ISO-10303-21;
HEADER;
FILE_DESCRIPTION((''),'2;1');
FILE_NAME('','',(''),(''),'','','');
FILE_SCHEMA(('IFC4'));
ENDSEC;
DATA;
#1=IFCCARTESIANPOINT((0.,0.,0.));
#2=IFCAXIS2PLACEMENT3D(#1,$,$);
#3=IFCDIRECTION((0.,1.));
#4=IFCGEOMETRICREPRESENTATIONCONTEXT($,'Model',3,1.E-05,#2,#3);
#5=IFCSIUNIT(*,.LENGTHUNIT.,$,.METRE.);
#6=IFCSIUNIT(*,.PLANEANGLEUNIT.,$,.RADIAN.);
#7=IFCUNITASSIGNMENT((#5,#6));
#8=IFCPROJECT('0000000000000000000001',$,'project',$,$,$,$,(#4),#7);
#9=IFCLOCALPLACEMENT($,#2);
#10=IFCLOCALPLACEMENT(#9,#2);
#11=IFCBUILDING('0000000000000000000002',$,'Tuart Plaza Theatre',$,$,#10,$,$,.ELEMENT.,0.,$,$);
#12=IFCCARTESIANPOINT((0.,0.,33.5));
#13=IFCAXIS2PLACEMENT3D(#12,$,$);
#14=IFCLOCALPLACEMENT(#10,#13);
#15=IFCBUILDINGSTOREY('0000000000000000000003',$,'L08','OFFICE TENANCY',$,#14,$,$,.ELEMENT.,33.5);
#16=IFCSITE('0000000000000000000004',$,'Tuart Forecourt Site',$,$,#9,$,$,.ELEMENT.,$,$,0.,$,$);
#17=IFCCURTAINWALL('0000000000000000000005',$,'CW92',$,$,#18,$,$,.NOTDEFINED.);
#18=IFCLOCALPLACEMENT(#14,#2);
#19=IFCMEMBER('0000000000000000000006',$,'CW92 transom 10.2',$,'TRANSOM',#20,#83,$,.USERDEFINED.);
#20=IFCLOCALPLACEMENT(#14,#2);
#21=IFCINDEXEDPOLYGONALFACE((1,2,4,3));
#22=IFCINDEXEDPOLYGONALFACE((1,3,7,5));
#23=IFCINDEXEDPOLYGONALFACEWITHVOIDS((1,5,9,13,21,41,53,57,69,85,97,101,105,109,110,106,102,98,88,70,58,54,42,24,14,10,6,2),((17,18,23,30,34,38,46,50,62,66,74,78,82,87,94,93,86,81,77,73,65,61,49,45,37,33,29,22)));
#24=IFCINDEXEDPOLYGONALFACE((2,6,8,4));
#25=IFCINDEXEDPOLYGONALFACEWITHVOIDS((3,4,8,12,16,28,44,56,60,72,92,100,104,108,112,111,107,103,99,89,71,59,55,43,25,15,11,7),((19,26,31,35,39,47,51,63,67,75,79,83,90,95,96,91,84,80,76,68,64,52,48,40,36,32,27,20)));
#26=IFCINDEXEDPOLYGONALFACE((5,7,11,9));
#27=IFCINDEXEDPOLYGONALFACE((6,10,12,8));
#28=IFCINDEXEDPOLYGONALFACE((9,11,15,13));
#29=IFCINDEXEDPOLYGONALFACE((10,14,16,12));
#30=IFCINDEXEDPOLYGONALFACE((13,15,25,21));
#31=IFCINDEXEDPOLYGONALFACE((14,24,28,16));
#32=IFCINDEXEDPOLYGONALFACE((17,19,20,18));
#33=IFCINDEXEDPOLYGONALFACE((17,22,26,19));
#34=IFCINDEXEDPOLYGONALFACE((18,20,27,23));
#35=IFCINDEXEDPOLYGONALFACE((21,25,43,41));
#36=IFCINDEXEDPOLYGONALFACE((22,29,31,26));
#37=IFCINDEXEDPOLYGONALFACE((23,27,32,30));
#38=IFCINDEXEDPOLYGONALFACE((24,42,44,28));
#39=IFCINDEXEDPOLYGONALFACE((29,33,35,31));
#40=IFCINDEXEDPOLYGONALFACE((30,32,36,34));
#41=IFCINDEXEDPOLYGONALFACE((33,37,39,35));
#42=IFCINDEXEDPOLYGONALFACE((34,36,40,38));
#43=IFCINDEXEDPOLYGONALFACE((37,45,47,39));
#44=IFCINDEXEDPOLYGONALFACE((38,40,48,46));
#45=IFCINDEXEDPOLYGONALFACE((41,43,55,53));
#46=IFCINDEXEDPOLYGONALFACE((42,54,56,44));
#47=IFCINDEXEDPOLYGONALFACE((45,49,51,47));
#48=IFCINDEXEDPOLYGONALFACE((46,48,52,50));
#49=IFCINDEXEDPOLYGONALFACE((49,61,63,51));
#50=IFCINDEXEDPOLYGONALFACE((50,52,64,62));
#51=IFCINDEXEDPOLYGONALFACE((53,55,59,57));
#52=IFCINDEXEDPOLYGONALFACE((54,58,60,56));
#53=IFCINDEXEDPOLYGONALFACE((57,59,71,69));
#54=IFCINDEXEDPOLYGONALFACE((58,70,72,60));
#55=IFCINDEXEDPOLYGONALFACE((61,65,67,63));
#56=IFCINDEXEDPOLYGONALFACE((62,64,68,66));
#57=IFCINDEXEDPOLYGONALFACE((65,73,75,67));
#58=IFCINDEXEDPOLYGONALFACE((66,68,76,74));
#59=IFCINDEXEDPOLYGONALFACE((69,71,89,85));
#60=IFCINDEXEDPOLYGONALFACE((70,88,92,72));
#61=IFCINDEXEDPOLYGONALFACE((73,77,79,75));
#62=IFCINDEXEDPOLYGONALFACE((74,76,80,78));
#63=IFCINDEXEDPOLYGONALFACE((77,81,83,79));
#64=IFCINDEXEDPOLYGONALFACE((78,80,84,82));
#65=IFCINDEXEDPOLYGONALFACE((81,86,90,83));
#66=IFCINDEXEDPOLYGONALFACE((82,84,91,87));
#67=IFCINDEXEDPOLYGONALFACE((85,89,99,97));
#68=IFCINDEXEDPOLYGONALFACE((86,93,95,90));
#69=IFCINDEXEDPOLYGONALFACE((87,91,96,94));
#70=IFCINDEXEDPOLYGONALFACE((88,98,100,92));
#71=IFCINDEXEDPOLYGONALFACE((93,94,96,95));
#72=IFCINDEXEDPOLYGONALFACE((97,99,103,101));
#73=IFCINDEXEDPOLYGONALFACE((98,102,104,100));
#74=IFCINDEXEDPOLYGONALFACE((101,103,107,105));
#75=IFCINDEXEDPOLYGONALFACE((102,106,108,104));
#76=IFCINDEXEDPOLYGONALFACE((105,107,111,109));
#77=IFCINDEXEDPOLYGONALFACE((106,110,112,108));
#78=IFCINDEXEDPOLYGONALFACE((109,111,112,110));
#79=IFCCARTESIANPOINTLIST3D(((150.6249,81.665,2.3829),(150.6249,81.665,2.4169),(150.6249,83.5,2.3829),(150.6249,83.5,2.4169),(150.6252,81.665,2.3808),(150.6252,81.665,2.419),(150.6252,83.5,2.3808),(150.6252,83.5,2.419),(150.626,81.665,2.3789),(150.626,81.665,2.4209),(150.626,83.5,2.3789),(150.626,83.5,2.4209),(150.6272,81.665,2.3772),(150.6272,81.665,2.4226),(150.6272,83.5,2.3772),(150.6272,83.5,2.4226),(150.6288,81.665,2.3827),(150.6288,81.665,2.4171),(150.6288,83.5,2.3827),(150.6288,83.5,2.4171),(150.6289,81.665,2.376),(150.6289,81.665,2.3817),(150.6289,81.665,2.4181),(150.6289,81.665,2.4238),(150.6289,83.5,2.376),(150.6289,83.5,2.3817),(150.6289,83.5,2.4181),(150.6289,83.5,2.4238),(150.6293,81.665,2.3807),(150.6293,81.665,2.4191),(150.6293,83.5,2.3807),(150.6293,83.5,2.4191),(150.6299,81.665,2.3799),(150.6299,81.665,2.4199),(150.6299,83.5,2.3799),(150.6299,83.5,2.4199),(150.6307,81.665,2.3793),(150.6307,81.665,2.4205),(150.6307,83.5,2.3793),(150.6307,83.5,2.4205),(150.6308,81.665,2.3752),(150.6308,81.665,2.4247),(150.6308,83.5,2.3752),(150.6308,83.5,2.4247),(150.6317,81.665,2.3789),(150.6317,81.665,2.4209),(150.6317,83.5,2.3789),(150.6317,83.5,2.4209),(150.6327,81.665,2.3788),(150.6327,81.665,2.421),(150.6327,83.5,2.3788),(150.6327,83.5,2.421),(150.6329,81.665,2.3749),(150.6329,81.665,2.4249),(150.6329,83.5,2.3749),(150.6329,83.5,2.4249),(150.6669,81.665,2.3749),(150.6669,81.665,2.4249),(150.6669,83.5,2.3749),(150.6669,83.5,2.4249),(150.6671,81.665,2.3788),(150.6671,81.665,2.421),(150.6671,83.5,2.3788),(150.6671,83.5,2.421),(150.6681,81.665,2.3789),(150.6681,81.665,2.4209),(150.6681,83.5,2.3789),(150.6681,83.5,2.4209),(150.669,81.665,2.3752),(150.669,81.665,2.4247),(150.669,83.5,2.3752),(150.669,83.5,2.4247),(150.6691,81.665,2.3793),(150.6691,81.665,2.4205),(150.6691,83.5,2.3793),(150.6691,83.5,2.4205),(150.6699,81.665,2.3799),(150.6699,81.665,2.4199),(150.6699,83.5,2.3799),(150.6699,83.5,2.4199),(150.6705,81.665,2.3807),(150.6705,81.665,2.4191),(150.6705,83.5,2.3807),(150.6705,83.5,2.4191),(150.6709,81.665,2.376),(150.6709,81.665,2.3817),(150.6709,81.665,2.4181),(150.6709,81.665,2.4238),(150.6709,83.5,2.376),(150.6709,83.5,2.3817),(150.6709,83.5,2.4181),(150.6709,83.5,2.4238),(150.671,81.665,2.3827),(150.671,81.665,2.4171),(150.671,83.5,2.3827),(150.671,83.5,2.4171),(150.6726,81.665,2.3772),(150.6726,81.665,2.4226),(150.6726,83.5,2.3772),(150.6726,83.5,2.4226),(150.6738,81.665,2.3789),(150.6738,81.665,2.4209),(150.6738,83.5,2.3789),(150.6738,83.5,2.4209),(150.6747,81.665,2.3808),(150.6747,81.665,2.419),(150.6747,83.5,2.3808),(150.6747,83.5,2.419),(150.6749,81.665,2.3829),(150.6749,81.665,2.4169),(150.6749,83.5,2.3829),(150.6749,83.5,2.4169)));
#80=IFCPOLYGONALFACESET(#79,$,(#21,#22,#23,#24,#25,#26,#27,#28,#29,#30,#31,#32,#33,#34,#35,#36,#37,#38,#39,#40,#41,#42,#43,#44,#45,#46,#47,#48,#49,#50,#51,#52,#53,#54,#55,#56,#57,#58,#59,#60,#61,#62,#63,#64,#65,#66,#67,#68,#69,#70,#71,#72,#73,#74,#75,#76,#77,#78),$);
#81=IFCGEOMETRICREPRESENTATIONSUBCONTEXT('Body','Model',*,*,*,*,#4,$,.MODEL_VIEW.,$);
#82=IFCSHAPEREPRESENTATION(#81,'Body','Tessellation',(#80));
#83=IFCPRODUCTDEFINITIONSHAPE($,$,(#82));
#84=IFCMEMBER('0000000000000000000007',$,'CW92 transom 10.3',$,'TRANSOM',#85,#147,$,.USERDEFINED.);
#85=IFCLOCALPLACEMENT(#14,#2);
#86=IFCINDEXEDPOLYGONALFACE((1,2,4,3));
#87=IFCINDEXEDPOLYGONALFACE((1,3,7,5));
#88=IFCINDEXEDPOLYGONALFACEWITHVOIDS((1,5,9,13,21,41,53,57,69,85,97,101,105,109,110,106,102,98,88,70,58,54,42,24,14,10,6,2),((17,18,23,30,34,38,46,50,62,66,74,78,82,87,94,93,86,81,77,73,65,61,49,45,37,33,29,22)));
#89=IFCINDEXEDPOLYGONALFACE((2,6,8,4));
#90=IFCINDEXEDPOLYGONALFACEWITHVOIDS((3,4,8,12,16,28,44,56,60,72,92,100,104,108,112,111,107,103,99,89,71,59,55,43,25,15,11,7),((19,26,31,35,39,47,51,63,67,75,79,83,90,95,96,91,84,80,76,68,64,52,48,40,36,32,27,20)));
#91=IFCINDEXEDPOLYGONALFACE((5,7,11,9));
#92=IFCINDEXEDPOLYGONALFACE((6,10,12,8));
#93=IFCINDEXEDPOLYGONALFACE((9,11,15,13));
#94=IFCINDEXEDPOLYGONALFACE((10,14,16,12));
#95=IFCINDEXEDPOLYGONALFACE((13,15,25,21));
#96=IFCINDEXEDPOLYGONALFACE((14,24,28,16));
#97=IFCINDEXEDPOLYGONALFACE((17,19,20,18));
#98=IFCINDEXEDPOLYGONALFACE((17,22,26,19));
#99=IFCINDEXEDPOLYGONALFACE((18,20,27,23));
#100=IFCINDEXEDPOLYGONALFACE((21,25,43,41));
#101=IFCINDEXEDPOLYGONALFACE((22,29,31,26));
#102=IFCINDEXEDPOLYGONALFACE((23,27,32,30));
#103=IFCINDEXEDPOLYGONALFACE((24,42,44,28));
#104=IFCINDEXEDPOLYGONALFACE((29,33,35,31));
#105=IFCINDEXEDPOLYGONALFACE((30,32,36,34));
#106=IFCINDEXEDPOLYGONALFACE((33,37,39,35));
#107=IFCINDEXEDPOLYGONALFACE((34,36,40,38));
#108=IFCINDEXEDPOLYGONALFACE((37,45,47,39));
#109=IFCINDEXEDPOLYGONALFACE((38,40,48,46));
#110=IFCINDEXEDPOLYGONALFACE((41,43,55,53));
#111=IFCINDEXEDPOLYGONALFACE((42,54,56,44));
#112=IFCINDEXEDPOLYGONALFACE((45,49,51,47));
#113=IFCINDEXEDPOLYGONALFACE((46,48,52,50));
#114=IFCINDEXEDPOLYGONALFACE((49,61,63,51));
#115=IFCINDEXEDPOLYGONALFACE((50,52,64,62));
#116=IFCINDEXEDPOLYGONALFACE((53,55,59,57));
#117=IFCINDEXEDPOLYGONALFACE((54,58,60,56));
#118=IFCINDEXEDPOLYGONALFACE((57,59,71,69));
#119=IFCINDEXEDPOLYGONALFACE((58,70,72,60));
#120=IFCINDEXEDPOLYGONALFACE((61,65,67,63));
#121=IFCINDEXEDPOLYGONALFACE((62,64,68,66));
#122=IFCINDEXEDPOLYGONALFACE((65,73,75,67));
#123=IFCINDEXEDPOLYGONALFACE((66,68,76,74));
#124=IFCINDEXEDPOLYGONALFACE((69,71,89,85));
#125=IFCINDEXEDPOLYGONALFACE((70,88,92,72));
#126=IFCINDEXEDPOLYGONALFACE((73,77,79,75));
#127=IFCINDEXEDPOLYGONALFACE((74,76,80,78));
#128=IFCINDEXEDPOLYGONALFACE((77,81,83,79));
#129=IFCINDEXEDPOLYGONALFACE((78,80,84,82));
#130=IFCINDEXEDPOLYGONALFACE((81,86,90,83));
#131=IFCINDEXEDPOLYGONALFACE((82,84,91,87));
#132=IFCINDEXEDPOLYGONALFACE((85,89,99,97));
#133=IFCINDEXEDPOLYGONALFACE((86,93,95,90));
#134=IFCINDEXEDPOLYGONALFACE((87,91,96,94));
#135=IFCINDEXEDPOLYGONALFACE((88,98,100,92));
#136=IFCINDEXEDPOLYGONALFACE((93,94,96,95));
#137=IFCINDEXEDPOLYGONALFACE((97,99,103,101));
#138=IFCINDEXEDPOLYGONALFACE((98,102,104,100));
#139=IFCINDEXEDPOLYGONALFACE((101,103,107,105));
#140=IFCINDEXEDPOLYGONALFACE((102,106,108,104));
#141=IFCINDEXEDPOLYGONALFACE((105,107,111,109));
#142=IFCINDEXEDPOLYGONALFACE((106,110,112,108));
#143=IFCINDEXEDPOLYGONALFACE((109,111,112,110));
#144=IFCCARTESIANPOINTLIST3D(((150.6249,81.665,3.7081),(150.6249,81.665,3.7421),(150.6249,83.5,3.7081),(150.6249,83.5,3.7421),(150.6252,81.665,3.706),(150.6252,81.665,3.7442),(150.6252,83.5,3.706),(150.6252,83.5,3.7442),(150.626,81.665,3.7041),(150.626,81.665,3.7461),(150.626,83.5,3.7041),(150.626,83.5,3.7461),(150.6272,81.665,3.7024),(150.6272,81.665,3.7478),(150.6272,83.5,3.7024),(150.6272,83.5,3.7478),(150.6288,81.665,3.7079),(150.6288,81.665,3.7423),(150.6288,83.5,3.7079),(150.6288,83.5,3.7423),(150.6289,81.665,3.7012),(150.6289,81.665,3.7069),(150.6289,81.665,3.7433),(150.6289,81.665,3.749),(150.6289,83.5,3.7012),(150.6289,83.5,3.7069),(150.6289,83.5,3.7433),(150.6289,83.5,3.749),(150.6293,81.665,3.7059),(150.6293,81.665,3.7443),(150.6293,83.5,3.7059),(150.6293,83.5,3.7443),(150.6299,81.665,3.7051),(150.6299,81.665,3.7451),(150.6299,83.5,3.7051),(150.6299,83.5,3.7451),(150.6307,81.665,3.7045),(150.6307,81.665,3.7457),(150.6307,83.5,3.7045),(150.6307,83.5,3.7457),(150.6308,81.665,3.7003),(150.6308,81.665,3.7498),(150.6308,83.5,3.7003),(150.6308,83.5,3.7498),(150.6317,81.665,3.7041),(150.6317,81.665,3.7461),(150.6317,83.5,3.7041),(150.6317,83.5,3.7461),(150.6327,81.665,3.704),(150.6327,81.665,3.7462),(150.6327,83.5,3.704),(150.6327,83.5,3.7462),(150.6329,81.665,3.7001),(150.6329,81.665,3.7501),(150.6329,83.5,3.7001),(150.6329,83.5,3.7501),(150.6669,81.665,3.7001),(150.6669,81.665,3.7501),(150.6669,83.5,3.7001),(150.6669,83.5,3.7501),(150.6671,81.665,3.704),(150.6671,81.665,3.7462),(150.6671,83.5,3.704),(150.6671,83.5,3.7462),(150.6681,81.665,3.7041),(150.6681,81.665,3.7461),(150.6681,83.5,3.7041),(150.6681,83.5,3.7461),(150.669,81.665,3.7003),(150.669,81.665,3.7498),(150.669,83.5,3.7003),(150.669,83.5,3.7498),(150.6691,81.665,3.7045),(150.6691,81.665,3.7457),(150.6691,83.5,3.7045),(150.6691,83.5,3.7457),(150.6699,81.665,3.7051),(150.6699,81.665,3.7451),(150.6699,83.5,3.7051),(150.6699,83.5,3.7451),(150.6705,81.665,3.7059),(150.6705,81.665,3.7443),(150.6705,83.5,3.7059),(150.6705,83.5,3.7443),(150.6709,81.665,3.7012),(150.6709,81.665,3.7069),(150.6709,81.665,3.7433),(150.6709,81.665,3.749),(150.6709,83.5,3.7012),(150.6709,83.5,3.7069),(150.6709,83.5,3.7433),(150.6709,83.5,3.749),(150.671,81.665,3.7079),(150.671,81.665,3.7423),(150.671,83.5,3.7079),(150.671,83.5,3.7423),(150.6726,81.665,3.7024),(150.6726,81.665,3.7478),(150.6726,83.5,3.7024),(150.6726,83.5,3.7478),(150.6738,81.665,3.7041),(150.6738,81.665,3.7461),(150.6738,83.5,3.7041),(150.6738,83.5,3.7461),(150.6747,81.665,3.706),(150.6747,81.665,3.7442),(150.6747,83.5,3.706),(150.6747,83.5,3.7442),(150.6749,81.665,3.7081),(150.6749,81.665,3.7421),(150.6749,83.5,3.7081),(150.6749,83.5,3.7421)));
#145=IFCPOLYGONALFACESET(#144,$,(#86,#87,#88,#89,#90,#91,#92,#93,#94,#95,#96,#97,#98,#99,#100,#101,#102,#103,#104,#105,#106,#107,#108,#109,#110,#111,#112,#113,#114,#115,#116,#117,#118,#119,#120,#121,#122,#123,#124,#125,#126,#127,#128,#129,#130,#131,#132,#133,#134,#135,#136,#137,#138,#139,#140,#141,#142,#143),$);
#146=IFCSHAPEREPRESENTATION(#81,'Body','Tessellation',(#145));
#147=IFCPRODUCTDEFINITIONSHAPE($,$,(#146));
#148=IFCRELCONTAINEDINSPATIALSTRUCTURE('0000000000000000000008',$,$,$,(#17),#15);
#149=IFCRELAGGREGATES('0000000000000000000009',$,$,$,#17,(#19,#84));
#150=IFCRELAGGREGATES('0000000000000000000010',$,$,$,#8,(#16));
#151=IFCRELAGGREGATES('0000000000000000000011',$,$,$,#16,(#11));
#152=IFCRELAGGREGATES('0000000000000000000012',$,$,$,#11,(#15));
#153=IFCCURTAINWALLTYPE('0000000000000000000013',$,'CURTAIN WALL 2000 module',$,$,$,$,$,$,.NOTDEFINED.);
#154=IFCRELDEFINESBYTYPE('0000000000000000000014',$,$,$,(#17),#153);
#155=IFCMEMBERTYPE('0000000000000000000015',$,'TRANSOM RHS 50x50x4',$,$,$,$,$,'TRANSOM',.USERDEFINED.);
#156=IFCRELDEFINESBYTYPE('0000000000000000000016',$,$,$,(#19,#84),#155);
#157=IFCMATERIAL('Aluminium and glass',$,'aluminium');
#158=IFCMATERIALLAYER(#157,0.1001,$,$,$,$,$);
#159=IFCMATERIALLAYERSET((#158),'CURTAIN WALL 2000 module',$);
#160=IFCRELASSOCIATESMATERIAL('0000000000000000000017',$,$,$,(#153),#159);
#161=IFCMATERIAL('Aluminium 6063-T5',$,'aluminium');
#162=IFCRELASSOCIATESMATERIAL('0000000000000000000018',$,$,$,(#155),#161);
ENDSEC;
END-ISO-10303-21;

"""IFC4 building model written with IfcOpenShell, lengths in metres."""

from ifc_helpers import new_model, si_unit, direction, frame, origin, origin_2d, place, context, subcontext, project, spatial, hollow_rectangle, extrude, material, layer, layer_set, material_profile, profile_set, type_object, element, aggregate, save


model = new_model("IFC4")

# Units and contexts
model_context = context("Model", 3, precision=1e-05, world=origin(), true_north=direction((0.0, 1.0)))
body_context = subcontext(model_context, "Body", "Model", "MODEL_VIEW")
ifc_project = project(units=[si_unit("LENGTHUNIT", "METRE"), si_unit("PLANEANGLEUNIT", "RADIAN")], contexts=[model_context])

# Site, building, storey
site_placement = place(None, origin())
site = spatial("IfcSite", under=ifc_project, at=site_placement, Name="Tuart Forecourt Site", CompositionType="ELEMENT", RefElevation=0.0)
building_placement = place(site_placement, origin())
building = spatial("IfcBuilding", under=site, at=building_placement, Name="Tuart Plaza Theatre", CompositionType="ELEMENT", ElevationOfRefHeight=0.0)
storey_placement = place(building_placement, frame((0.0, 0.0, 33.5)))
storey = spatial("IfcBuildingStorey", under=building, at=storey_placement, Name="L08", Description="OFFICE TENANCY", CompositionType="ELEMENT", Elevation=33.5)

# Curtain wall
ifc_material_1 = material(Name="Aluminium and glass", Category="aluminium")
ifc_layer_1 = layer(ifc_material_1, 0.1001)
ifc_layer_set_1 = layer_set([ifc_layer_1], Name="CURTAIN WALL 2000 module")
curtain_wall_type = type_object("IfcCurtainWallType", Name="CURTAIN WALL 2000 module", PredefinedType="NOTDEFINED", material=ifc_layer_set_1)
curtain_wall_1_placement = place(storey_placement, origin())
curtain_wall_1 = element("IfcCurtainWall", 1, at=curtain_wall_1_placement, inside=storey, type_object=curtain_wall_type, Name="CW92", PredefinedType="NOTDEFINED")

# Members
ifc_material_2 = material(Name="Aluminium 6063-T5", Category="aluminium")
ifc_material_profile_1 = material_profile(ifc_material_2, hollow_rectangle(XDim=0.05, YDim=0.05, WallThickness=0.0039, InnerFilletRadius=0.0039, OuterFilletRadius=0.0081, at=origin_2d()), Name="RHS 50x50x4")
ifc_profile_set_1 = profile_set([ifc_material_profile_1], Name="Aluminium 6063-T5")
member_type_1 = type_object("IfcMemberType", Name="TRANSOM RHS 50x50x4", ElementType="TRANSOM", PredefinedType="USERDEFINED", material=ifc_profile_set_1)
member_1_placement = place(storey_placement, frame((150.6499, 81.665, 2.3999), z_axis=(0.0, 1.0, 0.0), x_axis=(-1.0, 0.0, 0.0)))
member_1 = element("IfcMember", 2, at=member_1_placement, type_object=member_type_1, Name="CW92 transom 10.2", ObjectType="TRANSOM", PredefinedType="USERDEFINED", context=body_context, shape_type="SweptSolid", body=[
    extrude(hollow_rectangle(XDim=0.05, YDim=0.05, WallThickness=0.0039, InnerFilletRadius=0.0039, OuterFilletRadius=0.0081, at=origin_2d()), origin(), (0.0, 0.0, 1.0), 1.835),
])
member_2_placement = place(storey_placement, frame((150.6499, 81.665, 3.7251), z_axis=(0.0, 1.0, 0.0), x_axis=(-1.0, 0.0, 0.0)))
member_2 = element("IfcMember", 3, at=member_2_placement, type_object=member_type_1, Name="CW92 transom 10.3", ObjectType="TRANSOM", PredefinedType="USERDEFINED", context=body_context, shape_type="SweptSolid", body=[
    extrude(hollow_rectangle(XDim=0.05, YDim=0.05, WallThickness=0.0039, InnerFilletRadius=0.0039, OuterFilletRadius=0.0081, at=origin_2d()), origin(), (0.0, 0.0, 1.0), 1.835),
])

aggregate(curtain_wall_1, [member_1, member_2])

save(model, "model.ifc")
